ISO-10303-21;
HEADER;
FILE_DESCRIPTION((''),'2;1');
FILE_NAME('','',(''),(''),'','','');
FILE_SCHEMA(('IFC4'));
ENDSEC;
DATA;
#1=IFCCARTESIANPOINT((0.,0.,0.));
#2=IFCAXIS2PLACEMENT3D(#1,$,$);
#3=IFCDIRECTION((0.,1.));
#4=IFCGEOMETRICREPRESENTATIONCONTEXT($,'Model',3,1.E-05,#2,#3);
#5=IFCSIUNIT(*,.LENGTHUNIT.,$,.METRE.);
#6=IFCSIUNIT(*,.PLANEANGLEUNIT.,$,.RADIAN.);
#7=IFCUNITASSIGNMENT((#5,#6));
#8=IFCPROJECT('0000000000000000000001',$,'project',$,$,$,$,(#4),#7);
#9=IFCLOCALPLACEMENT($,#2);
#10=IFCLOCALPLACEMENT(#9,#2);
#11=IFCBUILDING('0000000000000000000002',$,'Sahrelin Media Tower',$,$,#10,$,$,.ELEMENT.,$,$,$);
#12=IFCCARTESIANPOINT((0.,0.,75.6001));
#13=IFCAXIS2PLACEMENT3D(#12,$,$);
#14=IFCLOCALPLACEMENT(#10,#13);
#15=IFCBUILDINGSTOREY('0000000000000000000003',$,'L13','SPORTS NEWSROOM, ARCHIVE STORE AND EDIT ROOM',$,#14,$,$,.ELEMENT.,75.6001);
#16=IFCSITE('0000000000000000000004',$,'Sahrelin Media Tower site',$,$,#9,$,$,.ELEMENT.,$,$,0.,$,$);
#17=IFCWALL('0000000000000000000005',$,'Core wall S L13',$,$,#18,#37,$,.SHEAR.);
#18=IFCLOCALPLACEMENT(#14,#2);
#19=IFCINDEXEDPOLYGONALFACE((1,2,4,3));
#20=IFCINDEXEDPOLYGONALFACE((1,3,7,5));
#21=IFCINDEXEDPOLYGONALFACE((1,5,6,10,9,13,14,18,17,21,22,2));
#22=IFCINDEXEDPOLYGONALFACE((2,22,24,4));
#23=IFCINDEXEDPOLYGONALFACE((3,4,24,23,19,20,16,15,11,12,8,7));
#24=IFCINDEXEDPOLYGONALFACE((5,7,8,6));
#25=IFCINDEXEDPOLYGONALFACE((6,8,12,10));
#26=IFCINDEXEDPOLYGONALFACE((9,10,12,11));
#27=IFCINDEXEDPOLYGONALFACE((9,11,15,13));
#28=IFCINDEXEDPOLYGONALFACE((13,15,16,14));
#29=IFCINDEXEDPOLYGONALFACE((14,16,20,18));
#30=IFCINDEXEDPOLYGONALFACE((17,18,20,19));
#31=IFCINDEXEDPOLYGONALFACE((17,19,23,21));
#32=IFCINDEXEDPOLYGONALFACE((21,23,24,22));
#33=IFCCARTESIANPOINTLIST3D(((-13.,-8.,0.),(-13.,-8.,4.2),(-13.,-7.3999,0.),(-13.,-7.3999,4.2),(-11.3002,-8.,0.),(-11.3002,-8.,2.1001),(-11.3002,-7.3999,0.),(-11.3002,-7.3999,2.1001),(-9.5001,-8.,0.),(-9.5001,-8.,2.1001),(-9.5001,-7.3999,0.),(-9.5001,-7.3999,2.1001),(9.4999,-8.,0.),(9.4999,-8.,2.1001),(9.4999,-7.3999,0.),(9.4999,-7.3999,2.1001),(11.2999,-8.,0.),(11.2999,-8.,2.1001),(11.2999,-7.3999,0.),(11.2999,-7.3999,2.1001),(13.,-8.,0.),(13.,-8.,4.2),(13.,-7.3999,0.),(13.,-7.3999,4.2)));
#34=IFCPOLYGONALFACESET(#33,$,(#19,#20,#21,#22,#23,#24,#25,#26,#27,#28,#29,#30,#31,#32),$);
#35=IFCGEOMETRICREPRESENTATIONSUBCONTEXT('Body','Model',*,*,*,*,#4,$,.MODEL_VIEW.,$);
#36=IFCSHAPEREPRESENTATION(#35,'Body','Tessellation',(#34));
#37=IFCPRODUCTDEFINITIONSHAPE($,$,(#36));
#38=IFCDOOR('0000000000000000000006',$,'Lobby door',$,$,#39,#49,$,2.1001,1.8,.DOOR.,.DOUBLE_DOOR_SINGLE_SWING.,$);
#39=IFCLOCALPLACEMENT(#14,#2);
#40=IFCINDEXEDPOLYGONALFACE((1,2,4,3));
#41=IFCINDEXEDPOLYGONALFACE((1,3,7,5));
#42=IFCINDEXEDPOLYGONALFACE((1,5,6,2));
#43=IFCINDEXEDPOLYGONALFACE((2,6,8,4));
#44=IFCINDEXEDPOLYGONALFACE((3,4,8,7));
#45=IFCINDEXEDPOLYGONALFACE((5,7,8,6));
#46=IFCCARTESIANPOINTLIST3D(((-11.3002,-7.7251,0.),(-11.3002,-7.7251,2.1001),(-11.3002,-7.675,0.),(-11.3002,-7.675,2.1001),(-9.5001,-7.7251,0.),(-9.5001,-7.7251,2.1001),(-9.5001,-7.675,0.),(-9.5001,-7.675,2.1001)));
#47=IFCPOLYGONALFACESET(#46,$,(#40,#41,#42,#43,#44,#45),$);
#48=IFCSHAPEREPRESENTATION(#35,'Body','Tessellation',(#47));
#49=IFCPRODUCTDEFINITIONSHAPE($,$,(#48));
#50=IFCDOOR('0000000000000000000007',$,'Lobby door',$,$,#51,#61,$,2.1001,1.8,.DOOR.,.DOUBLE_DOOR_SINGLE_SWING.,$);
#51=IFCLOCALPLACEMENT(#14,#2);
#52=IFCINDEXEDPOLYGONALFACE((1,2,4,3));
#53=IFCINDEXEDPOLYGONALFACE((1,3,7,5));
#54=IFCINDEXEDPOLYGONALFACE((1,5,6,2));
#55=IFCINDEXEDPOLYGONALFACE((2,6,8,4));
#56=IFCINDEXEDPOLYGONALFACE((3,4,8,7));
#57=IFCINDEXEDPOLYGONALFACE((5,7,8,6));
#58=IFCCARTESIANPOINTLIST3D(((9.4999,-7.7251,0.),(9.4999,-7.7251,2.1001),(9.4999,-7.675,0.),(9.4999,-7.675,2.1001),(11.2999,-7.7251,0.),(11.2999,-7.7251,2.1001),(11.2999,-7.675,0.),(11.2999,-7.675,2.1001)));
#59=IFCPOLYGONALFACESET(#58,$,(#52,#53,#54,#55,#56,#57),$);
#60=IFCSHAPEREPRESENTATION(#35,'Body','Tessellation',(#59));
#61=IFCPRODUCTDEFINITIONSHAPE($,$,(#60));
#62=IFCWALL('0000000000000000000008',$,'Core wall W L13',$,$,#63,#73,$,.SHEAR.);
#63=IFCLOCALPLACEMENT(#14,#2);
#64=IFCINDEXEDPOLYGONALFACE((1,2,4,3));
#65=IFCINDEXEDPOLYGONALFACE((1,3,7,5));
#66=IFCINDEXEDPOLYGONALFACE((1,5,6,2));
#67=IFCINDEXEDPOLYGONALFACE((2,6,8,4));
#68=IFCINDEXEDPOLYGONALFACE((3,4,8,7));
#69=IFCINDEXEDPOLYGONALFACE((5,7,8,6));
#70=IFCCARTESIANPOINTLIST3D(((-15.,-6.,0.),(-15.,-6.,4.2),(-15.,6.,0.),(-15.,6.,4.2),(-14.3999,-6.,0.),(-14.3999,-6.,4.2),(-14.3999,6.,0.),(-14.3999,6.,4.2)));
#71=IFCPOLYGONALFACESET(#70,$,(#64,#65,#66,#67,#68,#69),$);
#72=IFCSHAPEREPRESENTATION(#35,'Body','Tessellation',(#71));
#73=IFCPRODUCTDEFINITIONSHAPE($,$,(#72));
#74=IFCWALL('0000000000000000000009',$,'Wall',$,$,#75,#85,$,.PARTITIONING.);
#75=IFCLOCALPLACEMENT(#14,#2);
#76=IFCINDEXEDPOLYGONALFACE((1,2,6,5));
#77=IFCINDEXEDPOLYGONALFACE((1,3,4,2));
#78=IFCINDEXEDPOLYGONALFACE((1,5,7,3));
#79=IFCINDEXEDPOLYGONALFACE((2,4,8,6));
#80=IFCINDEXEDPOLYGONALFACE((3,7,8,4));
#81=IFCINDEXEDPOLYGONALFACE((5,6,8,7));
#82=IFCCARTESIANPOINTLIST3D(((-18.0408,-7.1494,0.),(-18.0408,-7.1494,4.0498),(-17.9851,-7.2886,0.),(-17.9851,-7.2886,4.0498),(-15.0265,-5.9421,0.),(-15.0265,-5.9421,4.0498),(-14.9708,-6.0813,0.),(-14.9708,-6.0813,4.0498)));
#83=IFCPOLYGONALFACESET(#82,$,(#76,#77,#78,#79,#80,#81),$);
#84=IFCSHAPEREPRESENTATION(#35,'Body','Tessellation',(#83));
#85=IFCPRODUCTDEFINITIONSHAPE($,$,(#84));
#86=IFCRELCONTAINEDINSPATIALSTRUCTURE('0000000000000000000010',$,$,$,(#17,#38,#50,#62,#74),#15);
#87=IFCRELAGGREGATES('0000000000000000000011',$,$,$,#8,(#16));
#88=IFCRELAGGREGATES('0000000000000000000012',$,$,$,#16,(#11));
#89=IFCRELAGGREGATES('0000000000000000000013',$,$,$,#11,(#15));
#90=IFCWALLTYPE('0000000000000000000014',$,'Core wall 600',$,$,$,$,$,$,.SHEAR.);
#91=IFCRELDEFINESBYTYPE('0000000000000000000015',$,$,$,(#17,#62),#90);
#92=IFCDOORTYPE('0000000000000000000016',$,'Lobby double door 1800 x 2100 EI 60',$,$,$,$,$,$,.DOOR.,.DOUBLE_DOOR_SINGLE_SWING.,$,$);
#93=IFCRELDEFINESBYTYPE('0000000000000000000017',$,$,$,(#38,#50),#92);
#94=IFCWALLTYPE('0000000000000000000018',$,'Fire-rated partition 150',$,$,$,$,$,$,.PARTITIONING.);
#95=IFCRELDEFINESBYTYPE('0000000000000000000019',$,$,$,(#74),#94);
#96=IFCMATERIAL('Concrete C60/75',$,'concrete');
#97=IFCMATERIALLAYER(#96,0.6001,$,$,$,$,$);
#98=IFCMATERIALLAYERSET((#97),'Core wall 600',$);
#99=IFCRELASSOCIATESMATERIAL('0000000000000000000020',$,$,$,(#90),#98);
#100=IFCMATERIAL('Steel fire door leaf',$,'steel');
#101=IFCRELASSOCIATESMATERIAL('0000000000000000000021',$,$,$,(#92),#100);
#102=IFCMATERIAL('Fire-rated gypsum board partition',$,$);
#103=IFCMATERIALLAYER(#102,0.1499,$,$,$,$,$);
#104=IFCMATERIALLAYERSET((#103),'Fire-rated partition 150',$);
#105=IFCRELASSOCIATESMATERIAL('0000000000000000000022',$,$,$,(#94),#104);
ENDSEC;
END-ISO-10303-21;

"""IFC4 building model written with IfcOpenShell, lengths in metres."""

from ifc_helpers import new_model, si_unit, direction, frame, frame_2d, origin, place, context, subcontext, project, spatial, rectangle, extrude, material, layer, layer_set, type_object, element, fill, save


model = new_model("IFC4")

# Units and contexts
model_context = context("Model", 3, precision=1e-05, world=origin(), true_north=direction((0.0, 1.0)))
body_context = subcontext(model_context, "Body", "Model", "MODEL_VIEW")
ifc_project = project(units=[si_unit("LENGTHUNIT", "METRE"), si_unit("PLANEANGLEUNIT", "RADIAN")], contexts=[model_context])

# Site, building, storey
site_placement = place(None, origin())
site = spatial("IfcSite", under=ifc_project, at=site_placement, Name="Sahrelin Media Tower site", CompositionType="ELEMENT", RefElevation=0.0)
building_placement = place(site_placement, origin())
building = spatial("IfcBuilding", under=site, at=building_placement, Name="Sahrelin Media Tower", CompositionType="ELEMENT")
storey_placement = place(building_placement, frame((0.0, 0.0, 75.6001)))
storey = spatial("IfcBuildingStorey", under=building, at=storey_placement, Name="L13", Description="SPORTS NEWSROOM, ARCHIVE STORE AND EDIT ROOM", CompositionType="ELEMENT", Elevation=75.6001)

# Wall, openings, doors
ifc_material_1 = material(Name="Concrete C60/75", Category="concrete")
ifc_layer_1 = layer(ifc_material_1, 0.6001)
ifc_layer_set_1 = layer_set([ifc_layer_1], Name="Core wall 600")
wall_type_1 = type_object("IfcWallType", Name="Core wall 600", PredefinedType="SHEAR", material=ifc_layer_set_1)
wall_1_placement = place(storey_placement, frame((-13.0, -7.7, 0.0), z_axis=(0.0, 0.0, 1.0), x_axis=(1.0, 0.0, 0.0)))
wall_1 = element("IfcWall", 1, at=wall_1_placement, inside=storey, type_object=wall_type_1, Name="Core wall S L13", PredefinedType="SHEAR", context=body_context, shape_type="SweptSolid", body=[
    extrude(rectangle(XDim=26.0, YDim=0.6001, at=frame_2d((13.0, 0.0))), origin(), (0.0, 0.0, 1.0), 4.2),
])
opening_1_placement = place(wall_1_placement, frame((1.7, 0.0, 0.0)))
opening_1 = element("IfcOpeningElement", 2, at=opening_1_placement, cuts=wall_1, PredefinedType="OPENING", context=body_context, shape_type="SweptSolid", body=[
    extrude(rectangle(XDim=1.8, YDim=2.1001, at=frame_2d((0.8999, 1.05))), frame((0.0, 0.3, 0.0), z_axis=(0.0, -1.0, 0.0), x_axis=(1.0, 0.0, 0.0)), (0.0, 0.0, 1.0), 0.6001),
])
opening_2_placement = place(wall_1_placement, frame((22.5, 0.0, 0.0)))
opening_2 = element("IfcOpeningElement", 3, at=opening_2_placement, cuts=wall_1, PredefinedType="OPENING", context=body_context, shape_type="SweptSolid", body=[
    extrude(rectangle(XDim=1.8, YDim=2.1001, at=frame_2d((0.8999, 1.05))), frame((0.0, 0.3, 0.0), z_axis=(0.0, -1.0, 0.0), x_axis=(1.0, 0.0, 0.0)), (0.0, 0.0, 1.0), 0.6001),
])
ifc_material_2 = material(Name="Steel fire door leaf", Category="steel")
door_type_1 = type_object("IfcDoorType", Name="Lobby double door 1800 x 2100 EI 60", OperationType="DOUBLE_DOOR_SINGLE_SWING", PredefinedType="DOOR", material=ifc_material_2)
door_1_placement = place(opening_1_placement, origin())
door_1 = element("IfcDoor", 4, at=door_1_placement, inside=storey, type_object=door_type_1, Name="Lobby door", OperationType="DOUBLE_DOOR_SINGLE_SWING", OverallHeight=2.1001, OverallWidth=1.8, PredefinedType="DOOR", context=body_context, shape_type="SweptSolid", body=[
    extrude(rectangle(XDim=1.8, YDim=2.1001, at=frame_2d((0.8999, 1.05))), frame((0.0, 0.0249, 0.0), z_axis=(0.0, -1.0, 0.0), x_axis=(1.0, 0.0, 0.0)), (0.0, 0.0, 1.0), 0.05),
])
fill(opening_1, door_1)
door_2_placement = place(opening_2_placement, origin())
door_2 = element("IfcDoor", 5, at=door_2_placement, inside=storey, type_object=door_type_1, Name="Lobby door", OperationType="DOUBLE_DOOR_SINGLE_SWING", OverallHeight=2.1001, OverallWidth=1.8, PredefinedType="DOOR", context=body_context, shape_type="SweptSolid", body=[
    extrude(rectangle(XDim=1.8, YDim=2.1001, at=frame_2d((0.8999, 1.05))), frame((0.0, 0.0249, 0.0), z_axis=(0.0, -1.0, 0.0), x_axis=(1.0, 0.0, 0.0)), (0.0, 0.0, 1.0), 0.05),
])
fill(opening_2, door_2)

# Walls
wall_2_placement = place(storey_placement, frame((-14.7, -6.0, 0.0), z_axis=(0.0, 0.0, 1.0), x_axis=(0.0, 1.0, 0.0)))
element("IfcWall", 6, at=wall_2_placement, inside=storey, type_object=wall_type_1, Name="Core wall W L13", PredefinedType="SHEAR", context=body_context, shape_type="SweptSolid", body=[
    extrude(rectangle(XDim=12.0, YDim=0.6001, at=frame_2d((6.0, 0.0))), origin(), (0.0, 0.0, 1.0), 4.2),
])
ifc_material_3 = material(Name="Fire-rated gypsum board partition")
ifc_layer_2 = layer(ifc_material_3, 0.1499)
ifc_layer_set_2 = layer_set([ifc_layer_2], Name="Fire-rated partition 150")
wall_type_2 = type_object("IfcWallType", Name="Fire-rated partition 150", PredefinedType="PARTITIONING", material=ifc_layer_set_2)
wall_3_placement = place(storey_placement, frame((-18.0129, -7.219, 0.0), z_axis=(0.0, 0.0, 1.0), x_axis=(0.928305, 0.371818, 0.0)))
element("IfcWall", 7, at=wall_3_placement, inside=storey, type_object=wall_type_2, Name="Wall", PredefinedType="PARTITIONING", context=body_context, shape_type="SweptSolid", body=[
    extrude(rectangle(XDim=3.2471, YDim=0.1499, at=frame_2d((1.6235, 0.0))), origin(), (0.0, 0.0, 1.0), 4.0498),
])

save(model, "model.ifc")
